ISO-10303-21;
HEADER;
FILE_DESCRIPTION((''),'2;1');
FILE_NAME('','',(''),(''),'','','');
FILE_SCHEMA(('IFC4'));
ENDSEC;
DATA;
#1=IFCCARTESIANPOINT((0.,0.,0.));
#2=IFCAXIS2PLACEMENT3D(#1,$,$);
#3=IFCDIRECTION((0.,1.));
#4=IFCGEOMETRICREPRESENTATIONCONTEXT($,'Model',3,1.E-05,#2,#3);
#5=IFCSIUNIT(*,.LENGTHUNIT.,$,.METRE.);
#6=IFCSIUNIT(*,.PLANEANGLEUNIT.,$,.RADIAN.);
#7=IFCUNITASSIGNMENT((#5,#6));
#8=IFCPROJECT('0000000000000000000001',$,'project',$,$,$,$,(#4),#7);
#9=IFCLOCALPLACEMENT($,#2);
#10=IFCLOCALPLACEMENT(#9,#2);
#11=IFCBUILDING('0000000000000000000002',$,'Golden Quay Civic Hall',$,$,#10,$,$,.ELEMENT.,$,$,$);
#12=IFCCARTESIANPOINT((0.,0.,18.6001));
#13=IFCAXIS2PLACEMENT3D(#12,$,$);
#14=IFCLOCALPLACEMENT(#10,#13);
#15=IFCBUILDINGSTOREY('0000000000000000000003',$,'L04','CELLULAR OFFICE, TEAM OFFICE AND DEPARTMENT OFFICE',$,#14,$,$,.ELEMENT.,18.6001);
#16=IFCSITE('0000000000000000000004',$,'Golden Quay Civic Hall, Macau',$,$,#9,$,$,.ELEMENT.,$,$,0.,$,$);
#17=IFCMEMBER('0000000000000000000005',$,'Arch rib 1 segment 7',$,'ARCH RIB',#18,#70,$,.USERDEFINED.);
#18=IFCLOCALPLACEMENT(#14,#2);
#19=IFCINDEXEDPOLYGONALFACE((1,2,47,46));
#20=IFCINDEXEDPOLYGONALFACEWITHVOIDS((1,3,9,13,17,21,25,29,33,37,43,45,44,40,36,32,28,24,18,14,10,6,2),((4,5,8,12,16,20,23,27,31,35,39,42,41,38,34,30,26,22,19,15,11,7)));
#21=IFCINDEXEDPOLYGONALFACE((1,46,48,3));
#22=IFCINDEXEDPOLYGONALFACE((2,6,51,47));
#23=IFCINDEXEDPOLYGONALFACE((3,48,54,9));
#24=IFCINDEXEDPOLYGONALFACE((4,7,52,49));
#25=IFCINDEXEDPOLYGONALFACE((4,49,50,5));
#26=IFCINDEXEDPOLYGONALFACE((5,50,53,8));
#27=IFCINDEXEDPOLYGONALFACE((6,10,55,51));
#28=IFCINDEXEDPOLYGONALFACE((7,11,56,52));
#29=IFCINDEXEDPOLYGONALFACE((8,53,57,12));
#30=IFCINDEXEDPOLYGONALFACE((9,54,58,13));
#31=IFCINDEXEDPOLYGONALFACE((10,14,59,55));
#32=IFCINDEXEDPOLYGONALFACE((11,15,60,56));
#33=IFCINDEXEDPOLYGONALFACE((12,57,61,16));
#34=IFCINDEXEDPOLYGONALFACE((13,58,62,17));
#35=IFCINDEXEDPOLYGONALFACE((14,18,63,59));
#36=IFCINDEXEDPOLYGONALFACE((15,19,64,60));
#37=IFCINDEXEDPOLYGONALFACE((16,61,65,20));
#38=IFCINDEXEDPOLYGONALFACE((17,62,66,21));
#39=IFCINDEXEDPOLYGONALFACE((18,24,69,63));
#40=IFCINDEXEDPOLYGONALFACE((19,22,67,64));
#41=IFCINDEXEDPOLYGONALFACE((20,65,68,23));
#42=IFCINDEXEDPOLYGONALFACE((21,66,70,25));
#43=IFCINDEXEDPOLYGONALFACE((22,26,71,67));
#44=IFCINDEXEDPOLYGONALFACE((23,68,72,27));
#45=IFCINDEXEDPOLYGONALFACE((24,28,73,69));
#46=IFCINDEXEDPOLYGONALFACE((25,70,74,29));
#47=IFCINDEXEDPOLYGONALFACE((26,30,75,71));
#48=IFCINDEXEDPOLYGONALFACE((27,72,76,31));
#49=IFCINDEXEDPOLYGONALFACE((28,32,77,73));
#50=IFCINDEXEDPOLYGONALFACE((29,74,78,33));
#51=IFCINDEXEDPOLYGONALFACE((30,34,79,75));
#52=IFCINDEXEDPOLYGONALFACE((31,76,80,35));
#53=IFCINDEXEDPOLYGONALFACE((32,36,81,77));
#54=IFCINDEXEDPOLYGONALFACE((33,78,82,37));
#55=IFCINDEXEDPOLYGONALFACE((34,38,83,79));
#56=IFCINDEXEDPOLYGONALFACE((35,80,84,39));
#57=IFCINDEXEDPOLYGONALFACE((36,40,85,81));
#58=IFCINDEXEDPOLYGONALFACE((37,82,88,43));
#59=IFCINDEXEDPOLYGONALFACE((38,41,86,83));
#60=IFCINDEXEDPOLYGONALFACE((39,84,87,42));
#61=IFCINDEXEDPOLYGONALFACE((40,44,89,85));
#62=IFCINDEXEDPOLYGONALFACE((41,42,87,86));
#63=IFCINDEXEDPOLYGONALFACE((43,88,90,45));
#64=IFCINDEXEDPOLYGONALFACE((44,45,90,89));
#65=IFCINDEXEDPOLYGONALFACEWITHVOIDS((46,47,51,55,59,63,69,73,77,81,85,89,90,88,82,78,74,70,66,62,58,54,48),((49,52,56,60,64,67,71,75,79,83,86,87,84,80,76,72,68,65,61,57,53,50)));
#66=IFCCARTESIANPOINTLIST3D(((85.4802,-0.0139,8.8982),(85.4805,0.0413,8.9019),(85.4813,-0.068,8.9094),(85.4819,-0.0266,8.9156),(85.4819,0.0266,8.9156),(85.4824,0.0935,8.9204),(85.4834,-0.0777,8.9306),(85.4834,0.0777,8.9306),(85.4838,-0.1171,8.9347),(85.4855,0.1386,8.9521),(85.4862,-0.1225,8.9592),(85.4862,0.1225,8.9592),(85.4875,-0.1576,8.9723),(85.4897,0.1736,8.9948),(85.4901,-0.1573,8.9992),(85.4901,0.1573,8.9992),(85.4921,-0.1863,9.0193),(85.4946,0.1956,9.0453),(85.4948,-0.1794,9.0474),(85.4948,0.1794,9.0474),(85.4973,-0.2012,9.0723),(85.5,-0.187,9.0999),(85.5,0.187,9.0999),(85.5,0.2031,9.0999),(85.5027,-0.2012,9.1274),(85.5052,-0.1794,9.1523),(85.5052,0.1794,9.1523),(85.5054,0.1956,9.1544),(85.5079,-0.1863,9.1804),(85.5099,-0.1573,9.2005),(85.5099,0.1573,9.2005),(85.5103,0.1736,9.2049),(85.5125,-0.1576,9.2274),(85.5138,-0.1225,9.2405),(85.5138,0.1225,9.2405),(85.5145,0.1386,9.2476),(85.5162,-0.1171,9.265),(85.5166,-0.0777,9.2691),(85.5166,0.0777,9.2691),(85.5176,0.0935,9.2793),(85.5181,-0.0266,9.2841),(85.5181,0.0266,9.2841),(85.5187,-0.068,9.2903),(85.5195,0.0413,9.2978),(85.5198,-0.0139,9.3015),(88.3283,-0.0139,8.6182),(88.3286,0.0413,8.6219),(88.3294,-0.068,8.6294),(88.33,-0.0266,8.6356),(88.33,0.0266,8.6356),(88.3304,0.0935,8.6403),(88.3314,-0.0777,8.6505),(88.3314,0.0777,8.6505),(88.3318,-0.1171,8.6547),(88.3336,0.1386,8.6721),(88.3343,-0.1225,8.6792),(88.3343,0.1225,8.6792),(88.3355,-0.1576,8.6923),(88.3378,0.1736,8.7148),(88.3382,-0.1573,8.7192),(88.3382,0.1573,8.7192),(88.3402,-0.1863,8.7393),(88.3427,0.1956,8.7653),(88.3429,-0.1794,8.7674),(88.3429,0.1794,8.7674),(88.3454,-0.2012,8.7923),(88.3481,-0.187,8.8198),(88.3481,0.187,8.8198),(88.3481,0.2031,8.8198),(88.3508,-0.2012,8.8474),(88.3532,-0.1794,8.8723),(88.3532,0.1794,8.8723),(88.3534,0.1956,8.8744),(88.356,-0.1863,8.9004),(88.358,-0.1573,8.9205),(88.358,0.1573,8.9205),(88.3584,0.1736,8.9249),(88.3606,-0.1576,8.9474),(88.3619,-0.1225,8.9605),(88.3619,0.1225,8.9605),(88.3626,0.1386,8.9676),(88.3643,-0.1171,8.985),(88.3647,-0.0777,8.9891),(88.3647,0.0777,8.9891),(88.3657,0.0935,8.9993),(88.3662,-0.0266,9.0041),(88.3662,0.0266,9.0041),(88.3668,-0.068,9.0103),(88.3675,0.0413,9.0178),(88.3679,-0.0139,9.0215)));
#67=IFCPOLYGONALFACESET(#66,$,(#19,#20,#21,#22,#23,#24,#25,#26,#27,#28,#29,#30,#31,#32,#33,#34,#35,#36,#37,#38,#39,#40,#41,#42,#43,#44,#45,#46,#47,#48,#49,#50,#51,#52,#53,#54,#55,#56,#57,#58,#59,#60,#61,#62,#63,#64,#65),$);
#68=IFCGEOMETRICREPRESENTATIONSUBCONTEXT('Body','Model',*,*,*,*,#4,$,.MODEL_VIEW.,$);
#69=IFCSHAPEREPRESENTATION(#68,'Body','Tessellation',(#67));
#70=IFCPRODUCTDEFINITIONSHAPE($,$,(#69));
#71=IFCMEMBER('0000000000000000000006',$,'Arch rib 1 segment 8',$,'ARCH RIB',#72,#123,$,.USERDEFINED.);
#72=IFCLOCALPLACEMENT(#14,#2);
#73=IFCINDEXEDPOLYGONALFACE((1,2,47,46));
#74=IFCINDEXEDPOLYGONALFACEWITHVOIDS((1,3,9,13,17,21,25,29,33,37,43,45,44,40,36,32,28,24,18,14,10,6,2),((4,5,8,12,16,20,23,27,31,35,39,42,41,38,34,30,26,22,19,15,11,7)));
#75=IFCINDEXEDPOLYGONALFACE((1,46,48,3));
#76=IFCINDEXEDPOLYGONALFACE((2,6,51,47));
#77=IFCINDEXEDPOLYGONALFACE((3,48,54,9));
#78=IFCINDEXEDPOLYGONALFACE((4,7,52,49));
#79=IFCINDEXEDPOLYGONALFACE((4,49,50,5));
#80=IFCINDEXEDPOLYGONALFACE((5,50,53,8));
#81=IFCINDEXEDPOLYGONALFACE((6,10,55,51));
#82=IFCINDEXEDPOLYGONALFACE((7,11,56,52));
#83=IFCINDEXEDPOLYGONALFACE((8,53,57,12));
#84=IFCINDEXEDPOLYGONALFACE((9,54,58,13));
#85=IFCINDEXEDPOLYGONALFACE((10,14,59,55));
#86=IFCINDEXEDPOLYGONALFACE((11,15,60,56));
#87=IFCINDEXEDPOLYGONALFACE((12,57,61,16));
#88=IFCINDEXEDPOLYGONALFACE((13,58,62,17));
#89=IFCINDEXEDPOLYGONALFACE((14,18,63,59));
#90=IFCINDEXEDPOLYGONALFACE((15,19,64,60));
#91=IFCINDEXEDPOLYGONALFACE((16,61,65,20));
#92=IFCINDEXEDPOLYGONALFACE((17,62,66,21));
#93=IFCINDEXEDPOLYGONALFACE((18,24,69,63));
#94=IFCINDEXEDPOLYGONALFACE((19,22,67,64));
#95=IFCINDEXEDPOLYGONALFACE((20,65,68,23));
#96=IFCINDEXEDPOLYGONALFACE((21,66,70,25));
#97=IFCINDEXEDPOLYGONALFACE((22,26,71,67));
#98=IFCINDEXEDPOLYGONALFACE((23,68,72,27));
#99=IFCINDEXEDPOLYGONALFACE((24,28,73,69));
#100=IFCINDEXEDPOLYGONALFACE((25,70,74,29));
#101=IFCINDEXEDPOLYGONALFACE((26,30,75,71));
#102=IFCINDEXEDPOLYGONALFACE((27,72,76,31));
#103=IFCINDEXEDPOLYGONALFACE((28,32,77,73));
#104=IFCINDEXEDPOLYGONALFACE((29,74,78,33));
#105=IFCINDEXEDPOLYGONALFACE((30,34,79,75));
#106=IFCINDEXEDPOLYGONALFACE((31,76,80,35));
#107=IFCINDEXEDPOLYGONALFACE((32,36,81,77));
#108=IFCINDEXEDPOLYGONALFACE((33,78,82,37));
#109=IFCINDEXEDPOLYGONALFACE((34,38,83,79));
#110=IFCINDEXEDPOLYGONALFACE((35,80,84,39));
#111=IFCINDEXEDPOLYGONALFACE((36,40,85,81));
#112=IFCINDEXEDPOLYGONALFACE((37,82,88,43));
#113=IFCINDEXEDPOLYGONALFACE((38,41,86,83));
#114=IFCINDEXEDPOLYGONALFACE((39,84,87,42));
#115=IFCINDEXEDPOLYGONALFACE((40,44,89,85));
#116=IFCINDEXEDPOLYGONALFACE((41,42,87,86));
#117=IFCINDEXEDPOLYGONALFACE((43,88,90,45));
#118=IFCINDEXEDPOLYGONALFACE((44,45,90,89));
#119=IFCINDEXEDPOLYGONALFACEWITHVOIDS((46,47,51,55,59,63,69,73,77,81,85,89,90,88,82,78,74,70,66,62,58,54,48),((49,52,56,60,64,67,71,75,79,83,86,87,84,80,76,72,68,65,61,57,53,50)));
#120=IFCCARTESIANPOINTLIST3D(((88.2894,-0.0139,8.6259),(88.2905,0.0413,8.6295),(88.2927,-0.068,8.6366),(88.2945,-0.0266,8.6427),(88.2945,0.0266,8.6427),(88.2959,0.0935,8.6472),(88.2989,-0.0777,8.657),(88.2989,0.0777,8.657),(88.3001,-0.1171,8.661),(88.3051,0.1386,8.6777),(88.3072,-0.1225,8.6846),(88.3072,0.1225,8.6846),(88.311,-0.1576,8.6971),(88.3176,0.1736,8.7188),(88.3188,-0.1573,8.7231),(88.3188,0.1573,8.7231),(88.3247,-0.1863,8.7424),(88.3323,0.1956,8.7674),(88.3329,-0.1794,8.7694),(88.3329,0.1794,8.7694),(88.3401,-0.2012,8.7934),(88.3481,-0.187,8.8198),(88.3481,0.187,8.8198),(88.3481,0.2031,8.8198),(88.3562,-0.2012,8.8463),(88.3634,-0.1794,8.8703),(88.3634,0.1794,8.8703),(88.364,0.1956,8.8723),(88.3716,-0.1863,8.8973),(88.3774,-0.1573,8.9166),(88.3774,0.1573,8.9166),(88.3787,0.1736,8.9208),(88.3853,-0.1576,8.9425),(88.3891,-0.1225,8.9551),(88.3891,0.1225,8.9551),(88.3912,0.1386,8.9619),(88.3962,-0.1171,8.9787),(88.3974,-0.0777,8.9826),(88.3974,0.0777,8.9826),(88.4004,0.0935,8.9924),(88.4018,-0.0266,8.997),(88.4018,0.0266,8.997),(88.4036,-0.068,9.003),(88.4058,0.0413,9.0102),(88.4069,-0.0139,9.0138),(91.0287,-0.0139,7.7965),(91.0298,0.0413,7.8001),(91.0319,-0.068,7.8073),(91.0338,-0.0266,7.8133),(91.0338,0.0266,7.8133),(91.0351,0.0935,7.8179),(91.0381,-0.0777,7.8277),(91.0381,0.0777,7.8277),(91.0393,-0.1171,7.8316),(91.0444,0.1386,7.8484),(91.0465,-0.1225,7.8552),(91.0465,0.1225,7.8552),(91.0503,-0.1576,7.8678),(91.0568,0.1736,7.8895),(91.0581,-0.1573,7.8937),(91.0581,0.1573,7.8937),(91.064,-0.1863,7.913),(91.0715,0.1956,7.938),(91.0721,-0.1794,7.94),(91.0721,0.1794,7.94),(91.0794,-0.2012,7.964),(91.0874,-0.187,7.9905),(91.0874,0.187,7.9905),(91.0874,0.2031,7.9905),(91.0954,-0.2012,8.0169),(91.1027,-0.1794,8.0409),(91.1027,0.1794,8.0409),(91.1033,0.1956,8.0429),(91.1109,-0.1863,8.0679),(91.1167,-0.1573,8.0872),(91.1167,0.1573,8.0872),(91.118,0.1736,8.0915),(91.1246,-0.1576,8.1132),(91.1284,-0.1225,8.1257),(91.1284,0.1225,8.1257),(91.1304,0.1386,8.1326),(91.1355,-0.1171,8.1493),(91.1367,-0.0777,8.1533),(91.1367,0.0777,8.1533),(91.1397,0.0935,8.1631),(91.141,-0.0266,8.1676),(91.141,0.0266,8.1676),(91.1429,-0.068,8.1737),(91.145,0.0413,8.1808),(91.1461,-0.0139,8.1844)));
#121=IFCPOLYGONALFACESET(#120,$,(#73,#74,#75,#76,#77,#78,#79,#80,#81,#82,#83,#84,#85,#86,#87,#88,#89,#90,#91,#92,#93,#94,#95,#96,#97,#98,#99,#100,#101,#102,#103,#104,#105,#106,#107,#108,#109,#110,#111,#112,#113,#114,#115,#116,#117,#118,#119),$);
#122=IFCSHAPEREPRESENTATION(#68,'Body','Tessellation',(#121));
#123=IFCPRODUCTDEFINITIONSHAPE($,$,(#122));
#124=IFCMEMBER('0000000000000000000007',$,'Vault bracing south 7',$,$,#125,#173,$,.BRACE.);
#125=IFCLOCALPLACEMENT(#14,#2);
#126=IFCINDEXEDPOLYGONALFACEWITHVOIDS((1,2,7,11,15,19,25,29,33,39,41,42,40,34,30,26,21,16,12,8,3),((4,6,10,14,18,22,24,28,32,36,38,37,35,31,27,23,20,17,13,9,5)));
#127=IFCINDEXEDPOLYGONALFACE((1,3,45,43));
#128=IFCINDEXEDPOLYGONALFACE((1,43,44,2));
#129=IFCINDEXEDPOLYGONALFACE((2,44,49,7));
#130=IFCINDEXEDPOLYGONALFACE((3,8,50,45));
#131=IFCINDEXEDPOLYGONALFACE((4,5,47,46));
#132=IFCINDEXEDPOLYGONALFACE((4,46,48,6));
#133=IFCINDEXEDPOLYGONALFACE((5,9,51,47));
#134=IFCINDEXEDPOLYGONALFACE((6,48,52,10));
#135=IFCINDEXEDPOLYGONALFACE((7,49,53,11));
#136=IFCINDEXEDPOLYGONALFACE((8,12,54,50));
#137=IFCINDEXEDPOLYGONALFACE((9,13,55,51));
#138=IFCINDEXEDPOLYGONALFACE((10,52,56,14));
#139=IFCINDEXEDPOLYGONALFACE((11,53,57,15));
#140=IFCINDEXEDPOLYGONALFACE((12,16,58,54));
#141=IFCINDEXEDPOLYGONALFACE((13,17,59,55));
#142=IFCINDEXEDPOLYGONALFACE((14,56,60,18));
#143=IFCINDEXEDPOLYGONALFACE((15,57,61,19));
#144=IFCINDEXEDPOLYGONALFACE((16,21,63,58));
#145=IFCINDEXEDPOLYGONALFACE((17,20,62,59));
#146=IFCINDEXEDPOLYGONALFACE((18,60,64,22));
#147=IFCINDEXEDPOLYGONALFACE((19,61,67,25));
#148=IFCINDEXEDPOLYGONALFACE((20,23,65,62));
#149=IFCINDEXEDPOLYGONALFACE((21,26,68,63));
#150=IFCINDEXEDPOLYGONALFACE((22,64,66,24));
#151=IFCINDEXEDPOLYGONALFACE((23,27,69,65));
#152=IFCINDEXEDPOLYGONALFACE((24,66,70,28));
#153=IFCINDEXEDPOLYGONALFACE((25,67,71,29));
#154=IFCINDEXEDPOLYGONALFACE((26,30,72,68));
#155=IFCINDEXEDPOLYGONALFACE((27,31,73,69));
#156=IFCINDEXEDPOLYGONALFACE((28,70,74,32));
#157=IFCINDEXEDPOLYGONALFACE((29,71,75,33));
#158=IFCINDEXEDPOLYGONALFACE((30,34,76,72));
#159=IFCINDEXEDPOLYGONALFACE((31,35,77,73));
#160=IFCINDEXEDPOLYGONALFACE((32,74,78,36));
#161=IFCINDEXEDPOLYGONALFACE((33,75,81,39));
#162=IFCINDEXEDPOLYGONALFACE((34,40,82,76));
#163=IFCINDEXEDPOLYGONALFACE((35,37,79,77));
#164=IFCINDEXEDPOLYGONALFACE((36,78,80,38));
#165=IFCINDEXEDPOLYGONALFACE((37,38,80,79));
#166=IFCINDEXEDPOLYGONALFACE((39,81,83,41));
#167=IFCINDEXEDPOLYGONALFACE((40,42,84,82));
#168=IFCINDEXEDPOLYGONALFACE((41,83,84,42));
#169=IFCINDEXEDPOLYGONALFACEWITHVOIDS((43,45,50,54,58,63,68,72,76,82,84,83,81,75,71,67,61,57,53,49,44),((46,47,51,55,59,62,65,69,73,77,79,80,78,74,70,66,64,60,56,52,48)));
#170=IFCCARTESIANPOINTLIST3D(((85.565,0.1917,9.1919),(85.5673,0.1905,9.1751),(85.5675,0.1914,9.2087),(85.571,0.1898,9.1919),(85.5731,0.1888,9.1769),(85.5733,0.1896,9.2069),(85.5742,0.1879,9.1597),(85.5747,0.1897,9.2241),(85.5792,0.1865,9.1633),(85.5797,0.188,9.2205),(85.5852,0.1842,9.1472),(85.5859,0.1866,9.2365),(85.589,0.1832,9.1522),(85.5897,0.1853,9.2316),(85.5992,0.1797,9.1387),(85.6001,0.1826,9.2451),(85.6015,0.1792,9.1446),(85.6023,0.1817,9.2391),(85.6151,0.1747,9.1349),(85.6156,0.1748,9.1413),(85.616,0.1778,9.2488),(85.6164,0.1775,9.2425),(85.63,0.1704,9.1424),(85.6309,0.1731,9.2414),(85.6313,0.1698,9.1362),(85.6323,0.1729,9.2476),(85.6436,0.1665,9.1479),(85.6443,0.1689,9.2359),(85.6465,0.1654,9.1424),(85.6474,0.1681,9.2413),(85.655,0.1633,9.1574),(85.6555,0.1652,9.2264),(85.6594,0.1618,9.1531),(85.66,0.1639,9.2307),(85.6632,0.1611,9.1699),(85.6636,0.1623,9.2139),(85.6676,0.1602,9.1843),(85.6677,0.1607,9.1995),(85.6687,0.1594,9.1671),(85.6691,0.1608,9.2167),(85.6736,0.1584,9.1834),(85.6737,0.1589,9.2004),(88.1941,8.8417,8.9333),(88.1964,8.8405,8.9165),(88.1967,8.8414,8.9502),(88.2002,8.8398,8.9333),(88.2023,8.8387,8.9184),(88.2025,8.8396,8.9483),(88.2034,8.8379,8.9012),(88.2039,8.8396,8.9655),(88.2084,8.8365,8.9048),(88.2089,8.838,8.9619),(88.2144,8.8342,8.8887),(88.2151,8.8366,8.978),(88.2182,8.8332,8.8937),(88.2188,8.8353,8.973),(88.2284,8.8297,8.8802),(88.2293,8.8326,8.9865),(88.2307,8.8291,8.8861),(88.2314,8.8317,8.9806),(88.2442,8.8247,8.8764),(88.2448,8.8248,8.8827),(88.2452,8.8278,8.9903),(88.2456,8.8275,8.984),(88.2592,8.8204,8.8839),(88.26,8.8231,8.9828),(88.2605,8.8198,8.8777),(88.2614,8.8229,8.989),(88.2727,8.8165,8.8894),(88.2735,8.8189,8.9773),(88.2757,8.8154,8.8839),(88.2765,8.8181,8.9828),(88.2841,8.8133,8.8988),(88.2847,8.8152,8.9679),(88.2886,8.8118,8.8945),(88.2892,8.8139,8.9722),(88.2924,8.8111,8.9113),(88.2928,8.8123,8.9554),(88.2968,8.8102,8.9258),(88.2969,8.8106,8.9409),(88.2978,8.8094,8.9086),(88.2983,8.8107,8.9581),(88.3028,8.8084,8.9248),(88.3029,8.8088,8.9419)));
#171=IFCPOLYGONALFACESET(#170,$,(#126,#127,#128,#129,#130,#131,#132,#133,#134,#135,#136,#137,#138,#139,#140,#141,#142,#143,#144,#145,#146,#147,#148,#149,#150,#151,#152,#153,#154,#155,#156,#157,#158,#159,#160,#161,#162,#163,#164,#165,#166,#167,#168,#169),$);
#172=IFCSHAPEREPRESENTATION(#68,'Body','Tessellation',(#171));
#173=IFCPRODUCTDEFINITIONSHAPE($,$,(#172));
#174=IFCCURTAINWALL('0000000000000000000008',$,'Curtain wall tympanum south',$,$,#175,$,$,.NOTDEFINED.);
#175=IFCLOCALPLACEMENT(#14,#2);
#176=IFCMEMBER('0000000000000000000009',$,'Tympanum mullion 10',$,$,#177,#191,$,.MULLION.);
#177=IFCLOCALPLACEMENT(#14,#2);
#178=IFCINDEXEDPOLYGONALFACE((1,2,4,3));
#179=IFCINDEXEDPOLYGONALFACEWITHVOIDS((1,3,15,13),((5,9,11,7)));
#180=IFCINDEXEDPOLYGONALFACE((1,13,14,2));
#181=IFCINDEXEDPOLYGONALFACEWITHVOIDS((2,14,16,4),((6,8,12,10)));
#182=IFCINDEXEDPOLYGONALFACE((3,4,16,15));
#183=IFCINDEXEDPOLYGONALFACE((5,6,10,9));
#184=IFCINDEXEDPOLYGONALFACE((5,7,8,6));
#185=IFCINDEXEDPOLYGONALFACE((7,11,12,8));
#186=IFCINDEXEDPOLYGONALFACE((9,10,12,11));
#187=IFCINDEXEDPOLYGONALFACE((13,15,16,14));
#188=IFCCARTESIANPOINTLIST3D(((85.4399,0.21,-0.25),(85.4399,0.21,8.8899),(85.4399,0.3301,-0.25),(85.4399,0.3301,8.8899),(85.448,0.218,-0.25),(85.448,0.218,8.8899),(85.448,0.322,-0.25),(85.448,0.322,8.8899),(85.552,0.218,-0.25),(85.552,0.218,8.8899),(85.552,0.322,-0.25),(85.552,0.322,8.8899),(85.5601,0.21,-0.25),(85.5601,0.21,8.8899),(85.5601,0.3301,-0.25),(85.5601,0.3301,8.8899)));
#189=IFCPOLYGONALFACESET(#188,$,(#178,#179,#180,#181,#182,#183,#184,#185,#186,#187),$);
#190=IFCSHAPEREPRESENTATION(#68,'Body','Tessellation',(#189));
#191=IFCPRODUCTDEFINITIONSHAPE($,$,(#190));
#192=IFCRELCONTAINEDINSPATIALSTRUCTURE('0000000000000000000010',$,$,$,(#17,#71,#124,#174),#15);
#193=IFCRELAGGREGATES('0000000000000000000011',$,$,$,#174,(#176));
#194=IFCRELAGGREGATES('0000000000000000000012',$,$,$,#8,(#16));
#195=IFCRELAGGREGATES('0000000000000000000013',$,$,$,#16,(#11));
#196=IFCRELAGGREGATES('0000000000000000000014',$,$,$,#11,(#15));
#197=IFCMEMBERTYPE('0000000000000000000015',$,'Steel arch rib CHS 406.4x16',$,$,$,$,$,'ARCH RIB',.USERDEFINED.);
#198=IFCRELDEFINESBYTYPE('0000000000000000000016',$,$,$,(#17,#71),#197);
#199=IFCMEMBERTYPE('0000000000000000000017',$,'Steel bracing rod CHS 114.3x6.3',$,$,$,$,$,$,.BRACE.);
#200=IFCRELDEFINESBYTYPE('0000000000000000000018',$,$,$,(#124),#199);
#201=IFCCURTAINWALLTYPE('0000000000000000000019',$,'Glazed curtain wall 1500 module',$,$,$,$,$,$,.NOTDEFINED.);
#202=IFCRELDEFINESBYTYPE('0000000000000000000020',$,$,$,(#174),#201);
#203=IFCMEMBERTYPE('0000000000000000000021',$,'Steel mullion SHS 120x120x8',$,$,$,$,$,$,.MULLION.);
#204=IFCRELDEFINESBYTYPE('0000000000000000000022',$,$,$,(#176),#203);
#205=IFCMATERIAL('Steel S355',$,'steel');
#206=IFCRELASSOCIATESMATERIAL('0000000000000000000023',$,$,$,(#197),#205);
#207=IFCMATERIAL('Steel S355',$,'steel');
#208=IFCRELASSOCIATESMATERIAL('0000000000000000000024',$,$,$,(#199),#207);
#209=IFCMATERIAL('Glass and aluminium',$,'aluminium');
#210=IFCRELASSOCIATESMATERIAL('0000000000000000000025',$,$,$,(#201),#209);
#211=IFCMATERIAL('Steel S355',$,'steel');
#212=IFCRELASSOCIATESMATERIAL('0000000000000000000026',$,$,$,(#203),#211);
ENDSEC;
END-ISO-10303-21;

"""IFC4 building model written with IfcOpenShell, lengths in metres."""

from ifc_helpers import new_model, si_unit, direction, frame, origin, origin_2d, place, context, subcontext, project, spatial, hollow_rectangle, hollow_circle, extrude, material, material_profile, profile_set, type_object, element, aggregate, save


model = new_model("IFC4")

# Units and contexts
model_context = context("Model", 3, precision=1e-05, world=origin(), true_north=direction((0.0, 1.0)))
body_context = subcontext(model_context, "Body", "Model", "MODEL_VIEW")
ifc_project = project(units=[si_unit("LENGTHUNIT", "METRE"), si_unit("PLANEANGLEUNIT", "RADIAN")], contexts=[model_context])

# Site, building, storey
site_placement = place(None, origin())
site = spatial("IfcSite", under=ifc_project, at=site_placement, Name="Golden Quay Civic Hall, Macau", CompositionType="ELEMENT", RefElevation=0.0)
building_placement = place(site_placement, origin())
building = spatial("IfcBuilding", under=site, at=building_placement, Name="Golden Quay Civic Hall", CompositionType="ELEMENT")
storey_placement = place(building_placement, frame((0.0, 0.0, 18.6001)))
storey = spatial("IfcBuildingStorey", under=building, at=storey_placement, Name="L04", Description="CELLULAR OFFICE, TEAM OFFICE AND DEPARTMENT OFFICE", CompositionType="ELEMENT", Elevation=18.6001)

# Members
ifc_material_1 = material(Name="Steel S355", Category="steel")
ifc_material_profile_1 = material_profile(ifc_material_1, hollow_circle(Radius=0.2031, WallThickness=0.0161, at=origin_2d()), Name="CHS 406.4x16")
ifc_profile_set_1 = profile_set([ifc_material_profile_1], Name="Steel S355")
member_type_1 = type_object("IfcMemberType", Name="Steel arch rib CHS 406.4x16", ElementType="ARCH RIB", PredefinedType="USERDEFINED", material=ifc_profile_set_1)
member_1_placement = place(storey_placement, frame((85.5, 0.0, 9.0999), z_axis=(0.995201, 0.0, -0.097848), x_axis=(0.0, 1.0, 0.0)))
element("IfcMember", 1, at=member_1_placement, inside=storey, type_object=member_type_1, Name="Arch rib 1 segment 7", ObjectType="ARCH RIB", PredefinedType="USERDEFINED", context=body_context, shape_type="SweptSolid", body=[
    extrude(hollow_circle(Radius=0.2031, WallThickness=0.0161, at=origin_2d()), origin(), (0.0, 0.0, 1.0), 2.8618),
])
member_2_placement = place(storey_placement, frame((88.3481, 0.0, 8.8198), z_axis=(0.957095, 0.0, -0.289773), x_axis=(0.0, 1.0, 0.0)))
element("IfcMember", 2, at=member_2_placement, inside=storey, type_object=member_type_1, Name="Arch rib 1 segment 8", ObjectType="ARCH RIB", PredefinedType="USERDEFINED", context=body_context, shape_type="SweptSolid", body=[
    extrude(hollow_circle(Radius=0.2031, WallThickness=0.0161, at=origin_2d()), origin(), (0.0, 0.0, 1.0), 2.8621),
])
ifc_material_2 = material(Name="Steel S355", Category="steel")
ifc_material_profile_2 = material_profile(ifc_material_2, hollow_circle(Radius=0.0571, WallThickness=0.0063, at=origin_2d()), Name="CHS 114.3x6.3")
ifc_profile_set_2 = profile_set([ifc_material_profile_2], Name="Steel S355")
member_type_2 = type_object("IfcMemberType", Name="Steel bracing rod CHS 114.3x6.3", PredefinedType="BRACE", material=ifc_profile_set_2)
member_3_placement = place(storey_placement, frame((85.6196, 0.175, 9.1919), z_axis=(0.290696, 0.956388, -0.028586), x_axis=(-0.956779, 0.290815, 0.0)))
element("IfcMember", 3, at=member_3_placement, inside=storey, type_object=member_type_2, Name="Vault bracing south 7", PredefinedType="BRACE", context=body_context, shape_type="SweptSolid", body=[
    extrude(hollow_circle(Radius=0.0571, WallThickness=0.0063, at=origin_2d()), origin(), (0.0, 0.0, 1.0), 9.0444),
])

# Curtain wall, member
ifc_material_3 = material(Name="Glass and aluminium", Category="aluminium")
curtain_wall_type = type_object("IfcCurtainWallType", Name="Glazed curtain wall 1500 module", PredefinedType="NOTDEFINED", material=ifc_material_3)
curtain_wall_placement = place(storey_placement, origin())
curtain_wall = element("IfcCurtainWall", 4, at=curtain_wall_placement, inside=storey, type_object=curtain_wall_type, Name="Curtain wall tympanum south", PredefinedType="NOTDEFINED")
ifc_material_4 = material(Name="Steel S355", Category="steel")
ifc_material_profile_3 = material_profile(ifc_material_4, hollow_rectangle(XDim=0.1201, YDim=0.1201, WallThickness=0.0081, at=origin_2d()), Name="SHS 120x120x8")
ifc_profile_set_3 = profile_set([ifc_material_profile_3], Name="Steel S355")
member_type_3 = type_object("IfcMemberType", Name="Steel mullion SHS 120x120x8", PredefinedType="MULLION", material=ifc_profile_set_3)
member_4_placement = place(storey_placement, frame((85.5, 0.27, -0.25), z_axis=(0.0, 0.0, 1.0), x_axis=(0.0, 1.0, 0.0)))
member_4 = element("IfcMember", 5, at=member_4_placement, type_object=member_type_3, Name="Tympanum mullion 10", PredefinedType="MULLION", context=body_context, shape_type="SweptSolid", body=[
    extrude(hollow_rectangle(XDim=0.1201, YDim=0.1201, WallThickness=0.0081, at=origin_2d()), origin(), (0.0, 0.0, 1.0), 9.1399),
])

aggregate(curtain_wall, [member_4])

save(model, "model.ifc")
